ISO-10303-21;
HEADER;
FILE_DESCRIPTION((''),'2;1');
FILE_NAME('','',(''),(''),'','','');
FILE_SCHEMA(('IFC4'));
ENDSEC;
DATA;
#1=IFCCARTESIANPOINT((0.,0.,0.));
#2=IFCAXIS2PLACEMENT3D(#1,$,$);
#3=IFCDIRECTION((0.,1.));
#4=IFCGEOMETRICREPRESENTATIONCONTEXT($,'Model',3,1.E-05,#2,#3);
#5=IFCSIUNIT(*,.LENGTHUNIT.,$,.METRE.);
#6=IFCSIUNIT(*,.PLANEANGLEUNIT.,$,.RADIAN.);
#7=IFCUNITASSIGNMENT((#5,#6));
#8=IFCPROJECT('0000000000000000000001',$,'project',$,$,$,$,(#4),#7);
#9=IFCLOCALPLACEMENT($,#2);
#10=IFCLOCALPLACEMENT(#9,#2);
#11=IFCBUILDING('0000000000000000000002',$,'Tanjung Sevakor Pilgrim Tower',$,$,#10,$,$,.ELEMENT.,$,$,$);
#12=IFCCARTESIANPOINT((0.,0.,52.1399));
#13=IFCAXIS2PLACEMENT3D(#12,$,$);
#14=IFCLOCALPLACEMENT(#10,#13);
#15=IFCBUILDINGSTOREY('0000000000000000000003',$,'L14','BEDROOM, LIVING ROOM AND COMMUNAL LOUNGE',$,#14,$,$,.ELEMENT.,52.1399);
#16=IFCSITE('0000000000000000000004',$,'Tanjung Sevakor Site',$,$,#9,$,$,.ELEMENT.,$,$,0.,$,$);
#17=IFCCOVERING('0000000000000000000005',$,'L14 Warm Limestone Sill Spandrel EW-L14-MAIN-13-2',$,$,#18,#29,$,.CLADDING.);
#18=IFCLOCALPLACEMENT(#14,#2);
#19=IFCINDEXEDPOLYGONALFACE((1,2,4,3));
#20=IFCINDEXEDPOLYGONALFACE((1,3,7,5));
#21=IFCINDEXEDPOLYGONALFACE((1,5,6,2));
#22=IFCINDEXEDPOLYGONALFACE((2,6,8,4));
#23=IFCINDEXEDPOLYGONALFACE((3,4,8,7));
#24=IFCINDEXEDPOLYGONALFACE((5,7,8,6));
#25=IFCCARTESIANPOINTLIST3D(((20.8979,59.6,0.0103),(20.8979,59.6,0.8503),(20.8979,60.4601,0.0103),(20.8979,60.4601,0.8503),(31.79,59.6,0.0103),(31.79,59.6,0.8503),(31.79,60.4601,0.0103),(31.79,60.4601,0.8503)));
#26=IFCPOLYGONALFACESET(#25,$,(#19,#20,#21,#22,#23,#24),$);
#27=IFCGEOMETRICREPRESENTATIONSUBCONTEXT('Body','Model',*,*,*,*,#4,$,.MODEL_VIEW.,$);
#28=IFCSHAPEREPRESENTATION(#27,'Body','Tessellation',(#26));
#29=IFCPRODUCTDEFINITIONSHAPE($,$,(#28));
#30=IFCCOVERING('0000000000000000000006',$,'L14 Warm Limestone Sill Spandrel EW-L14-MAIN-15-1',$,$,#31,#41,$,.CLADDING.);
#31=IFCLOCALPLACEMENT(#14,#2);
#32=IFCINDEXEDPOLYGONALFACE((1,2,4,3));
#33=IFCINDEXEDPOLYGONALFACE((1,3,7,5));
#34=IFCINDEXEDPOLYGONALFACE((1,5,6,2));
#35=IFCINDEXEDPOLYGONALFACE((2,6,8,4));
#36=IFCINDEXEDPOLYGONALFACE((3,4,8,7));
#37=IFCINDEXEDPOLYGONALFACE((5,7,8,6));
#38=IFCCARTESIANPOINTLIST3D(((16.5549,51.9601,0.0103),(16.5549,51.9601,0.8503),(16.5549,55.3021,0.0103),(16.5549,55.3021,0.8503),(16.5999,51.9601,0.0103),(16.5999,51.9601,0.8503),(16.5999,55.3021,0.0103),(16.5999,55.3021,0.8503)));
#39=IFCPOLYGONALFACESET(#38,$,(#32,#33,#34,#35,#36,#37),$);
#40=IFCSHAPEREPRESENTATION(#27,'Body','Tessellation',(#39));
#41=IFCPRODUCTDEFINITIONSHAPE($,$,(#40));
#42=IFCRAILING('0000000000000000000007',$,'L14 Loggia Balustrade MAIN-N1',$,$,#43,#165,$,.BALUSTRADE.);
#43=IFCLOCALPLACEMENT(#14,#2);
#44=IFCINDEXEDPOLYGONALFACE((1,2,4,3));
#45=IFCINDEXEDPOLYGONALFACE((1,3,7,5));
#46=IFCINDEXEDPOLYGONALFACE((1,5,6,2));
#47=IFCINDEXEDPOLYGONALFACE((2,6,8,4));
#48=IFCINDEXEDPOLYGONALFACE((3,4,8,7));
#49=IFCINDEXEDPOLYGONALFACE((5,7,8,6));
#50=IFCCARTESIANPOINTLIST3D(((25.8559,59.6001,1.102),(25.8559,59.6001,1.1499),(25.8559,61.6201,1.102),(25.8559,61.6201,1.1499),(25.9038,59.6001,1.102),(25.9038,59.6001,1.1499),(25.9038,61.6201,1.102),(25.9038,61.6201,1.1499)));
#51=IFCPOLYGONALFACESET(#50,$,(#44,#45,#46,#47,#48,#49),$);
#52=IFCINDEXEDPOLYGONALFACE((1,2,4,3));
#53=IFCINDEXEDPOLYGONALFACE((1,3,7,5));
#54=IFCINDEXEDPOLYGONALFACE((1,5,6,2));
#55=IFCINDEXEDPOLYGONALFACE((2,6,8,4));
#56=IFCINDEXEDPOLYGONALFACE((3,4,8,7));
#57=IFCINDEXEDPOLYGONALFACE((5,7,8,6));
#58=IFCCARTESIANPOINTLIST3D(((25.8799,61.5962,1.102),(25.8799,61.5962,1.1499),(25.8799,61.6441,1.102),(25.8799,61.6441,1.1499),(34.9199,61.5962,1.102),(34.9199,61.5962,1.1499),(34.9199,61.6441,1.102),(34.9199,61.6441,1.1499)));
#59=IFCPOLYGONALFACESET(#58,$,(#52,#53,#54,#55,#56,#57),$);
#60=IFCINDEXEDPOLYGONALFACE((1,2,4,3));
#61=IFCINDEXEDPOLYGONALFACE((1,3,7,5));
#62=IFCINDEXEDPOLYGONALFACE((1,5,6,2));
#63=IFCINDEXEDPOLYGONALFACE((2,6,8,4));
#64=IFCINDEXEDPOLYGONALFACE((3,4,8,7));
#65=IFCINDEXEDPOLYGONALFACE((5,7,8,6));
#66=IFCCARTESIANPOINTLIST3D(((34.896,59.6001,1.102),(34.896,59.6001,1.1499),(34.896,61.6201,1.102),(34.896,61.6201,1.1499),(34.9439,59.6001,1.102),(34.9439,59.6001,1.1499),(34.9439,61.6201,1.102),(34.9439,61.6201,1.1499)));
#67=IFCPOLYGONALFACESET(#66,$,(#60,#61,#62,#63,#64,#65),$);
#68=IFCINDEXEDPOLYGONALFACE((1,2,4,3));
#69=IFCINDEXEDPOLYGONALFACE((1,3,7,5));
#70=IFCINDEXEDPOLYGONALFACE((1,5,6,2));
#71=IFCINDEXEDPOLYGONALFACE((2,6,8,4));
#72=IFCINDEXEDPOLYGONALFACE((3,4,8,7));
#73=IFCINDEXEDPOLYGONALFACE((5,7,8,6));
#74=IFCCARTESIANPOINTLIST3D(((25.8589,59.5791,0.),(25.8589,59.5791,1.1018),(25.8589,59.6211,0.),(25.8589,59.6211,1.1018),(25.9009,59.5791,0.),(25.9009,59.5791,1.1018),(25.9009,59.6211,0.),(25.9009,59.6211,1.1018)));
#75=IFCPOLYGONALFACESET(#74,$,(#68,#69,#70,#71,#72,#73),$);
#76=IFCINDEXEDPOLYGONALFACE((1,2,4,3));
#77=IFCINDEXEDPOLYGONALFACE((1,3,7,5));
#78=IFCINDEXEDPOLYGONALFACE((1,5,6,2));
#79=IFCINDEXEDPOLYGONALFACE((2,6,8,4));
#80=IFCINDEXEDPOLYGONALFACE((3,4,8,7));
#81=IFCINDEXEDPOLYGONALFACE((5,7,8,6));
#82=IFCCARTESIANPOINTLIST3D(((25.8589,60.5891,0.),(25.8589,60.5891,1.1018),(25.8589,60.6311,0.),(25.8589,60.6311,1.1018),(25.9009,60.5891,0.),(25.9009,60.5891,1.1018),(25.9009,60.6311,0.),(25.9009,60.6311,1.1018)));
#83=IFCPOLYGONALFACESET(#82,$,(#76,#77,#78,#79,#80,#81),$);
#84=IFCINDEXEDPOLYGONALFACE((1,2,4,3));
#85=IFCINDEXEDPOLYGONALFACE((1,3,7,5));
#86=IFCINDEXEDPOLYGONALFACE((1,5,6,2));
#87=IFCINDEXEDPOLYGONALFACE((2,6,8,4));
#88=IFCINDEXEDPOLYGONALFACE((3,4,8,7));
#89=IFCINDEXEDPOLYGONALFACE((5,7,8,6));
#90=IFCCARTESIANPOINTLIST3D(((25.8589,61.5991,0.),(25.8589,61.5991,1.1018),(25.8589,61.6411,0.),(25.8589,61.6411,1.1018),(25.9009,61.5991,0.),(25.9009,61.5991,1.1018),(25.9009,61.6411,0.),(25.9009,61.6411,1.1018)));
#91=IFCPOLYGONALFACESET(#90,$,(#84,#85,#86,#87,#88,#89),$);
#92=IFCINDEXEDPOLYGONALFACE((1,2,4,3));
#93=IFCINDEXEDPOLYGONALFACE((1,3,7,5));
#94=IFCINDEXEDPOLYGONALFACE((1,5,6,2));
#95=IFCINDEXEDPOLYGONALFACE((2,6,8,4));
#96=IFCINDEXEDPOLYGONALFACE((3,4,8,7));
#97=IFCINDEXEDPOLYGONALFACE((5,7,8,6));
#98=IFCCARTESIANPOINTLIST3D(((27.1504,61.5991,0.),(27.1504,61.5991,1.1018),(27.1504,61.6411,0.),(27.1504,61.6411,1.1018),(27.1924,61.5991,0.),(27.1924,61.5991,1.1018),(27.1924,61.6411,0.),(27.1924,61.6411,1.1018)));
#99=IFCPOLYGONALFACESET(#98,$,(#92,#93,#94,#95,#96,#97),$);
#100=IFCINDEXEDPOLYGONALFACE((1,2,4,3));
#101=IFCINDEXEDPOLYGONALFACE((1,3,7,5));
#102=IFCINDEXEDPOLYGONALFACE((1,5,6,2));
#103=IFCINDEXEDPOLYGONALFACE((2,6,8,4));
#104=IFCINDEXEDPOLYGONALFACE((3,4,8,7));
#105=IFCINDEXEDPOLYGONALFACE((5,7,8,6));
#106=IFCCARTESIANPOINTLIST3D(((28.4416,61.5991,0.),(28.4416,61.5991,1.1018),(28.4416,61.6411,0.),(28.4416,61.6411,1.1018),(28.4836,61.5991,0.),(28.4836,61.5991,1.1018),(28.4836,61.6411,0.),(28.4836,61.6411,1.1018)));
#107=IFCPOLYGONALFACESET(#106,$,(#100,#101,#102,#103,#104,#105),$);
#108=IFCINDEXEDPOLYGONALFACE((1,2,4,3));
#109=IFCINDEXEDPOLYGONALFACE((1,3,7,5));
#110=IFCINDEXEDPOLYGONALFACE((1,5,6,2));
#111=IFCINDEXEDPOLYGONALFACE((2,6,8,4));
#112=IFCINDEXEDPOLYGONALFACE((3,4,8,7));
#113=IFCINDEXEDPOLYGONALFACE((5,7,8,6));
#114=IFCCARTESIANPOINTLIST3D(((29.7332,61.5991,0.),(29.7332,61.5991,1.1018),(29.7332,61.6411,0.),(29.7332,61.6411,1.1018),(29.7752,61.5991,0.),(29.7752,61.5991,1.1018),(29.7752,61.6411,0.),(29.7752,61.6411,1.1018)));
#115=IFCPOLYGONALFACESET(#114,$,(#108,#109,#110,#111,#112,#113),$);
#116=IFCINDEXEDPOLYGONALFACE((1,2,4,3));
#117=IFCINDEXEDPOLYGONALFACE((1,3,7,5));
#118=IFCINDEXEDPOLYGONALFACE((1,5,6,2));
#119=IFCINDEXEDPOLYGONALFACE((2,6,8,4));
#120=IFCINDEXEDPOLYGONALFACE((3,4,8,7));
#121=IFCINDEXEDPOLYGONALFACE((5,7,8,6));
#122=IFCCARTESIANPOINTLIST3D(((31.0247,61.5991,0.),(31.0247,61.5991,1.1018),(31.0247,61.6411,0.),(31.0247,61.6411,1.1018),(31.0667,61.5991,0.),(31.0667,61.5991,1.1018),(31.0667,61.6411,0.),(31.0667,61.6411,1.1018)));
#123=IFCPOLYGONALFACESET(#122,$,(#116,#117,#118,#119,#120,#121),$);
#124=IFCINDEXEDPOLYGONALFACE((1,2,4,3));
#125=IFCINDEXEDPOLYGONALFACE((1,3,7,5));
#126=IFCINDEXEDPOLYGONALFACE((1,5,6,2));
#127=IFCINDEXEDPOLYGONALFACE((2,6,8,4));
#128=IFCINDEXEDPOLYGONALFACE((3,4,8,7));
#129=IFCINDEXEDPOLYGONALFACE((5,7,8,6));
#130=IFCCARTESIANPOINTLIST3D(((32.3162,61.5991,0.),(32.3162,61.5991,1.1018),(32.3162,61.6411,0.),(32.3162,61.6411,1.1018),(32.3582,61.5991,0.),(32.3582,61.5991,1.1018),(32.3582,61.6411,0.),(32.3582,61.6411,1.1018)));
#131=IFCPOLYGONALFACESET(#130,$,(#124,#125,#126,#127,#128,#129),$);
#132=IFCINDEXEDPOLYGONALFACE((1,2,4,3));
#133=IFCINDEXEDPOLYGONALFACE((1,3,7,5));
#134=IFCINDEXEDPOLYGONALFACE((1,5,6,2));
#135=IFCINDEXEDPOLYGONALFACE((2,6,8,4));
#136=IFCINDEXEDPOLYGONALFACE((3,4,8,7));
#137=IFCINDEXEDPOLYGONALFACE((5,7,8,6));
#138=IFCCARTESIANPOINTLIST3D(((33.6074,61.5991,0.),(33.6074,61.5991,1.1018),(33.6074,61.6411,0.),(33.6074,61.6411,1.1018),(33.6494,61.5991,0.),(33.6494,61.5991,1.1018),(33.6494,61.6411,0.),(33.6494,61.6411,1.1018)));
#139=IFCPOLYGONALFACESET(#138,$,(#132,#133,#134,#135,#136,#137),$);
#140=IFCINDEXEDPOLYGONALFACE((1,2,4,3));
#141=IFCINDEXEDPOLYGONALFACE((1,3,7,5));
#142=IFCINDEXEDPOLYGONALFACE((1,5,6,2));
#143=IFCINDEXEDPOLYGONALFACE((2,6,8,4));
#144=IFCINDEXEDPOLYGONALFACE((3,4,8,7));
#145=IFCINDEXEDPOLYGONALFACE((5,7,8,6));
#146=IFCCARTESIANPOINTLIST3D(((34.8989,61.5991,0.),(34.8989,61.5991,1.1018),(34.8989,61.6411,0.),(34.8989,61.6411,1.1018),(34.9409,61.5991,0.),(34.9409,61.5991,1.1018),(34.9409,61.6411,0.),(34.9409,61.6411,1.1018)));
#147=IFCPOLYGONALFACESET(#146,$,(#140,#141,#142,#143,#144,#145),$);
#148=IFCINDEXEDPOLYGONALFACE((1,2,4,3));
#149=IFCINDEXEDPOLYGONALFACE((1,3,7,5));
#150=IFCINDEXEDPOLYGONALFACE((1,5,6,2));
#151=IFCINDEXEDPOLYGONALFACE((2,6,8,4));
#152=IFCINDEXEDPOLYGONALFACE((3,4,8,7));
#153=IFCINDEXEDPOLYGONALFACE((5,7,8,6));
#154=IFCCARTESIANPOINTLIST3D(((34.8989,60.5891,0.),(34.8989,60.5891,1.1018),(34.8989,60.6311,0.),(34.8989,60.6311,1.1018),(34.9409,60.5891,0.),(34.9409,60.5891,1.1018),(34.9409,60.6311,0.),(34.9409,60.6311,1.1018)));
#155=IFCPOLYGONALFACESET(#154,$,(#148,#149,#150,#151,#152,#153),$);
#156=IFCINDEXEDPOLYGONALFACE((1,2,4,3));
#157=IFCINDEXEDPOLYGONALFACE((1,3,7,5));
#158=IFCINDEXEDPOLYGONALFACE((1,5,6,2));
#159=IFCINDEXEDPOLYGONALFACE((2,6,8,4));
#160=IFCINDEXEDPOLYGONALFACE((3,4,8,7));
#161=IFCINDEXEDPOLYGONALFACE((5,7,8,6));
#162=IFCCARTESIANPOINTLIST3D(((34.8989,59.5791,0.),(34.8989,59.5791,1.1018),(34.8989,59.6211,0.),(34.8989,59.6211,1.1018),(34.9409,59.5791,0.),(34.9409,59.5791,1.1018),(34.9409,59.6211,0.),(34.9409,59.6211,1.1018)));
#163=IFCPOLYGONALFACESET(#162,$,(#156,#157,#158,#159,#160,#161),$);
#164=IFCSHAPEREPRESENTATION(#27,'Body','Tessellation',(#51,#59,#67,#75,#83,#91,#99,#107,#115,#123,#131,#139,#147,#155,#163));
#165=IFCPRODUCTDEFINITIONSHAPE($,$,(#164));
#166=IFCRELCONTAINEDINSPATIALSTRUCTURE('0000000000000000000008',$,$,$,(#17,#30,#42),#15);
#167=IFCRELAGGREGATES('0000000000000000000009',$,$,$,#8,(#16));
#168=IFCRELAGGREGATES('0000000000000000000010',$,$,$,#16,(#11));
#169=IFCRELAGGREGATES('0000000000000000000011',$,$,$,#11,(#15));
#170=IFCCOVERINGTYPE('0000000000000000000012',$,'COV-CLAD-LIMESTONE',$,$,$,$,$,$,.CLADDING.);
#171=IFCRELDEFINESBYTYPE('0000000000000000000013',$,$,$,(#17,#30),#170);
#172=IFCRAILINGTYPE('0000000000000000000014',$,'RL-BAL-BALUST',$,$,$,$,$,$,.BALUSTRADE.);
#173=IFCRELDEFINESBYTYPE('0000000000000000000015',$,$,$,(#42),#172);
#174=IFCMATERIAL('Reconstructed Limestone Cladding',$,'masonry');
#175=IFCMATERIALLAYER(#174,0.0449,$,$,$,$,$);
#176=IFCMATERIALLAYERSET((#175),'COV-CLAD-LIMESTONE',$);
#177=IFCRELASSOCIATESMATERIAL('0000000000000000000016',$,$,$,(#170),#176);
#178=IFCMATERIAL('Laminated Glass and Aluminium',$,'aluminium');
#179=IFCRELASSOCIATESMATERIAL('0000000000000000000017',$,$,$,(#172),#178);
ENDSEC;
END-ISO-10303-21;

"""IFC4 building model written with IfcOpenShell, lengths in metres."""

from ifc_helpers import new_model, si_unit, direction, frame, origin, origin_2d, place, context, subcontext, project, spatial, rectangle, extrude, material, layer, layer_set, type_object, element, save


model = new_model("IFC4")

# Units and contexts
model_context = context("Model", 3, precision=1e-05, world=origin(), true_north=direction((0.0, 1.0)))
body_context = subcontext(model_context, "Body", "Model", "MODEL_VIEW")
ifc_project = project(units=[si_unit("LENGTHUNIT", "METRE"), si_unit("PLANEANGLEUNIT", "RADIAN")], contexts=[model_context])

# Site, building, storey
site_placement = place(None, origin())
site = spatial("IfcSite", under=ifc_project, at=site_placement, Name="Tanjung Sevakor Site", CompositionType="ELEMENT", RefElevation=0.0)
building_placement = place(site_placement, origin())
building = spatial("IfcBuilding", under=site, at=building_placement, Name="Tanjung Sevakor Pilgrim Tower", CompositionType="ELEMENT")
storey_placement = place(building_placement, frame((0.0, 0.0, 52.1399)))
storey = spatial("IfcBuildingStorey", under=building, at=storey_placement, Name="L14", Description="BEDROOM, LIVING ROOM AND COMMUNAL LOUNGE", CompositionType="ELEMENT", Elevation=52.1399)

# Coverings
ifc_material_1 = material(Name="Reconstructed Limestone Cladding", Category="masonry")
ifc_layer_1 = layer(ifc_material_1, 0.0449)
ifc_layer_set_1 = layer_set([ifc_layer_1], Name="COV-CLAD-LIMESTONE")
covering_type = type_object("IfcCoveringType", Name="COV-CLAD-LIMESTONE", PredefinedType="CLADDING", material=ifc_layer_set_1)
covering_1_placement = place(storey_placement, frame((26.344, 60.03, 0.0103), z_axis=(0.0, 0.0, 1.0), x_axis=(-1.0, 0.0, 0.0)))
element("IfcCovering", 1, at=covering_1_placement, inside=storey, type_object=covering_type, Name="L14 Warm Limestone Sill Spandrel EW-L14-MAIN-13-2", PredefinedType="CLADDING", context=body_context, shape_type="SweptSolid", body=[
    extrude(rectangle(XDim=10.8921, YDim=0.8601, at=origin_2d()), origin(), (0.0, 0.0, 1.0), 0.8401),
])
covering_2_placement = place(storey_placement, frame((16.5774, 53.6311, 0.0103), z_axis=(0.0, 0.0, 1.0), x_axis=(0.0, -1.0, 0.0)))
element("IfcCovering", 2, at=covering_2_placement, inside=storey, type_object=covering_type, Name="L14 Warm Limestone Sill Spandrel EW-L14-MAIN-15-1", PredefinedType="CLADDING", context=body_context, shape_type="SweptSolid", body=[
    extrude(rectangle(XDim=3.342, YDim=0.0449, at=origin_2d()), origin(), (0.0, 0.0, 1.0), 0.8401),
])

# Railing
ifc_material_2 = material(Name="Laminated Glass and Aluminium", Category="aluminium")
railing_type = type_object("IfcRailingType", Name="RL-BAL-BALUST", PredefinedType="BALUSTRADE", material=ifc_material_2)
railing_placement = place(storey_placement, frame((25.8799, 59.6001, 0.0)))
element("IfcRailing", 3, at=railing_placement, inside=storey, type_object=railing_type, Name="L14 Loggia Balustrade MAIN-N1", PredefinedType="BALUSTRADE", context=body_context, shape_type="SweptSolid", body=[
    extrude(rectangle(XDim=0.0479, YDim=0.0479), frame((0.0, 0.0, 1.126), z_axis=(0.0, 1.0, 0.0), x_axis=(-1.0, 0.0, 0.0)), (0.0, 0.0, 1.0), 2.02),
    extrude(rectangle(XDim=0.0479, YDim=0.0479), frame((0.0, 2.02, 1.126), z_axis=(1.0, 0.0, 0.0), x_axis=(0.0, 1.0, 0.0)), (0.0, 0.0, 1.0), 9.04),
    extrude(rectangle(XDim=0.0479, YDim=0.0479), frame((9.04, 2.02, 1.126), z_axis=(0.0, -1.0, 0.0), x_axis=(1.0, 0.0, 0.0)), (0.0, 0.0, 1.0), 2.02),
    extrude(rectangle(XDim=0.042, YDim=0.042), origin(), (0.0, 0.0, 1.0), 1.1018),
    extrude(rectangle(XDim=0.042, YDim=0.042), frame((0.0, 1.01, 0.0)), (0.0, 0.0, 1.0), 1.1018),
    extrude(rectangle(XDim=0.042, YDim=0.042), frame((0.0, 2.02, 0.0)), (0.0, 0.0, 1.0), 1.1018),
    extrude(rectangle(XDim=0.042, YDim=0.042), frame((1.2915, 2.02, 0.0)), (0.0, 0.0, 1.0), 1.1018),
    extrude(rectangle(XDim=0.042, YDim=0.042), frame((2.5828, 2.02, 0.0)), (0.0, 0.0, 1.0), 1.1018),
    extrude(rectangle(XDim=0.042, YDim=0.042), frame((3.8743, 2.02, 0.0)), (0.0, 0.0, 1.0), 1.1018),
    extrude(rectangle(XDim=0.042, YDim=0.042), frame((5.1658, 2.02, 0.0)), (0.0, 0.0, 1.0), 1.1018),
    extrude(rectangle(XDim=0.042, YDim=0.042), frame((6.4573, 2.02, 0.0)), (0.0, 0.0, 1.0), 1.1018),
    extrude(rectangle(XDim=0.042, YDim=0.042), frame((7.7485, 2.02, 0.0)), (0.0, 0.0, 1.0), 1.1018),
    extrude(rectangle(XDim=0.042, YDim=0.042), frame((9.04, 2.02, 0.0)), (0.0, 0.0, 1.0), 1.1018),
    extrude(rectangle(XDim=0.042, YDim=0.042), frame((9.04, 1.01, 0.0)), (0.0, 0.0, 1.0), 1.1018),
    extrude(rectangle(XDim=0.042, YDim=0.042), frame((9.04, 0.0, 0.0)), (0.0, 0.0, 1.0), 1.1018),
])

save(model, "model.ifc")
